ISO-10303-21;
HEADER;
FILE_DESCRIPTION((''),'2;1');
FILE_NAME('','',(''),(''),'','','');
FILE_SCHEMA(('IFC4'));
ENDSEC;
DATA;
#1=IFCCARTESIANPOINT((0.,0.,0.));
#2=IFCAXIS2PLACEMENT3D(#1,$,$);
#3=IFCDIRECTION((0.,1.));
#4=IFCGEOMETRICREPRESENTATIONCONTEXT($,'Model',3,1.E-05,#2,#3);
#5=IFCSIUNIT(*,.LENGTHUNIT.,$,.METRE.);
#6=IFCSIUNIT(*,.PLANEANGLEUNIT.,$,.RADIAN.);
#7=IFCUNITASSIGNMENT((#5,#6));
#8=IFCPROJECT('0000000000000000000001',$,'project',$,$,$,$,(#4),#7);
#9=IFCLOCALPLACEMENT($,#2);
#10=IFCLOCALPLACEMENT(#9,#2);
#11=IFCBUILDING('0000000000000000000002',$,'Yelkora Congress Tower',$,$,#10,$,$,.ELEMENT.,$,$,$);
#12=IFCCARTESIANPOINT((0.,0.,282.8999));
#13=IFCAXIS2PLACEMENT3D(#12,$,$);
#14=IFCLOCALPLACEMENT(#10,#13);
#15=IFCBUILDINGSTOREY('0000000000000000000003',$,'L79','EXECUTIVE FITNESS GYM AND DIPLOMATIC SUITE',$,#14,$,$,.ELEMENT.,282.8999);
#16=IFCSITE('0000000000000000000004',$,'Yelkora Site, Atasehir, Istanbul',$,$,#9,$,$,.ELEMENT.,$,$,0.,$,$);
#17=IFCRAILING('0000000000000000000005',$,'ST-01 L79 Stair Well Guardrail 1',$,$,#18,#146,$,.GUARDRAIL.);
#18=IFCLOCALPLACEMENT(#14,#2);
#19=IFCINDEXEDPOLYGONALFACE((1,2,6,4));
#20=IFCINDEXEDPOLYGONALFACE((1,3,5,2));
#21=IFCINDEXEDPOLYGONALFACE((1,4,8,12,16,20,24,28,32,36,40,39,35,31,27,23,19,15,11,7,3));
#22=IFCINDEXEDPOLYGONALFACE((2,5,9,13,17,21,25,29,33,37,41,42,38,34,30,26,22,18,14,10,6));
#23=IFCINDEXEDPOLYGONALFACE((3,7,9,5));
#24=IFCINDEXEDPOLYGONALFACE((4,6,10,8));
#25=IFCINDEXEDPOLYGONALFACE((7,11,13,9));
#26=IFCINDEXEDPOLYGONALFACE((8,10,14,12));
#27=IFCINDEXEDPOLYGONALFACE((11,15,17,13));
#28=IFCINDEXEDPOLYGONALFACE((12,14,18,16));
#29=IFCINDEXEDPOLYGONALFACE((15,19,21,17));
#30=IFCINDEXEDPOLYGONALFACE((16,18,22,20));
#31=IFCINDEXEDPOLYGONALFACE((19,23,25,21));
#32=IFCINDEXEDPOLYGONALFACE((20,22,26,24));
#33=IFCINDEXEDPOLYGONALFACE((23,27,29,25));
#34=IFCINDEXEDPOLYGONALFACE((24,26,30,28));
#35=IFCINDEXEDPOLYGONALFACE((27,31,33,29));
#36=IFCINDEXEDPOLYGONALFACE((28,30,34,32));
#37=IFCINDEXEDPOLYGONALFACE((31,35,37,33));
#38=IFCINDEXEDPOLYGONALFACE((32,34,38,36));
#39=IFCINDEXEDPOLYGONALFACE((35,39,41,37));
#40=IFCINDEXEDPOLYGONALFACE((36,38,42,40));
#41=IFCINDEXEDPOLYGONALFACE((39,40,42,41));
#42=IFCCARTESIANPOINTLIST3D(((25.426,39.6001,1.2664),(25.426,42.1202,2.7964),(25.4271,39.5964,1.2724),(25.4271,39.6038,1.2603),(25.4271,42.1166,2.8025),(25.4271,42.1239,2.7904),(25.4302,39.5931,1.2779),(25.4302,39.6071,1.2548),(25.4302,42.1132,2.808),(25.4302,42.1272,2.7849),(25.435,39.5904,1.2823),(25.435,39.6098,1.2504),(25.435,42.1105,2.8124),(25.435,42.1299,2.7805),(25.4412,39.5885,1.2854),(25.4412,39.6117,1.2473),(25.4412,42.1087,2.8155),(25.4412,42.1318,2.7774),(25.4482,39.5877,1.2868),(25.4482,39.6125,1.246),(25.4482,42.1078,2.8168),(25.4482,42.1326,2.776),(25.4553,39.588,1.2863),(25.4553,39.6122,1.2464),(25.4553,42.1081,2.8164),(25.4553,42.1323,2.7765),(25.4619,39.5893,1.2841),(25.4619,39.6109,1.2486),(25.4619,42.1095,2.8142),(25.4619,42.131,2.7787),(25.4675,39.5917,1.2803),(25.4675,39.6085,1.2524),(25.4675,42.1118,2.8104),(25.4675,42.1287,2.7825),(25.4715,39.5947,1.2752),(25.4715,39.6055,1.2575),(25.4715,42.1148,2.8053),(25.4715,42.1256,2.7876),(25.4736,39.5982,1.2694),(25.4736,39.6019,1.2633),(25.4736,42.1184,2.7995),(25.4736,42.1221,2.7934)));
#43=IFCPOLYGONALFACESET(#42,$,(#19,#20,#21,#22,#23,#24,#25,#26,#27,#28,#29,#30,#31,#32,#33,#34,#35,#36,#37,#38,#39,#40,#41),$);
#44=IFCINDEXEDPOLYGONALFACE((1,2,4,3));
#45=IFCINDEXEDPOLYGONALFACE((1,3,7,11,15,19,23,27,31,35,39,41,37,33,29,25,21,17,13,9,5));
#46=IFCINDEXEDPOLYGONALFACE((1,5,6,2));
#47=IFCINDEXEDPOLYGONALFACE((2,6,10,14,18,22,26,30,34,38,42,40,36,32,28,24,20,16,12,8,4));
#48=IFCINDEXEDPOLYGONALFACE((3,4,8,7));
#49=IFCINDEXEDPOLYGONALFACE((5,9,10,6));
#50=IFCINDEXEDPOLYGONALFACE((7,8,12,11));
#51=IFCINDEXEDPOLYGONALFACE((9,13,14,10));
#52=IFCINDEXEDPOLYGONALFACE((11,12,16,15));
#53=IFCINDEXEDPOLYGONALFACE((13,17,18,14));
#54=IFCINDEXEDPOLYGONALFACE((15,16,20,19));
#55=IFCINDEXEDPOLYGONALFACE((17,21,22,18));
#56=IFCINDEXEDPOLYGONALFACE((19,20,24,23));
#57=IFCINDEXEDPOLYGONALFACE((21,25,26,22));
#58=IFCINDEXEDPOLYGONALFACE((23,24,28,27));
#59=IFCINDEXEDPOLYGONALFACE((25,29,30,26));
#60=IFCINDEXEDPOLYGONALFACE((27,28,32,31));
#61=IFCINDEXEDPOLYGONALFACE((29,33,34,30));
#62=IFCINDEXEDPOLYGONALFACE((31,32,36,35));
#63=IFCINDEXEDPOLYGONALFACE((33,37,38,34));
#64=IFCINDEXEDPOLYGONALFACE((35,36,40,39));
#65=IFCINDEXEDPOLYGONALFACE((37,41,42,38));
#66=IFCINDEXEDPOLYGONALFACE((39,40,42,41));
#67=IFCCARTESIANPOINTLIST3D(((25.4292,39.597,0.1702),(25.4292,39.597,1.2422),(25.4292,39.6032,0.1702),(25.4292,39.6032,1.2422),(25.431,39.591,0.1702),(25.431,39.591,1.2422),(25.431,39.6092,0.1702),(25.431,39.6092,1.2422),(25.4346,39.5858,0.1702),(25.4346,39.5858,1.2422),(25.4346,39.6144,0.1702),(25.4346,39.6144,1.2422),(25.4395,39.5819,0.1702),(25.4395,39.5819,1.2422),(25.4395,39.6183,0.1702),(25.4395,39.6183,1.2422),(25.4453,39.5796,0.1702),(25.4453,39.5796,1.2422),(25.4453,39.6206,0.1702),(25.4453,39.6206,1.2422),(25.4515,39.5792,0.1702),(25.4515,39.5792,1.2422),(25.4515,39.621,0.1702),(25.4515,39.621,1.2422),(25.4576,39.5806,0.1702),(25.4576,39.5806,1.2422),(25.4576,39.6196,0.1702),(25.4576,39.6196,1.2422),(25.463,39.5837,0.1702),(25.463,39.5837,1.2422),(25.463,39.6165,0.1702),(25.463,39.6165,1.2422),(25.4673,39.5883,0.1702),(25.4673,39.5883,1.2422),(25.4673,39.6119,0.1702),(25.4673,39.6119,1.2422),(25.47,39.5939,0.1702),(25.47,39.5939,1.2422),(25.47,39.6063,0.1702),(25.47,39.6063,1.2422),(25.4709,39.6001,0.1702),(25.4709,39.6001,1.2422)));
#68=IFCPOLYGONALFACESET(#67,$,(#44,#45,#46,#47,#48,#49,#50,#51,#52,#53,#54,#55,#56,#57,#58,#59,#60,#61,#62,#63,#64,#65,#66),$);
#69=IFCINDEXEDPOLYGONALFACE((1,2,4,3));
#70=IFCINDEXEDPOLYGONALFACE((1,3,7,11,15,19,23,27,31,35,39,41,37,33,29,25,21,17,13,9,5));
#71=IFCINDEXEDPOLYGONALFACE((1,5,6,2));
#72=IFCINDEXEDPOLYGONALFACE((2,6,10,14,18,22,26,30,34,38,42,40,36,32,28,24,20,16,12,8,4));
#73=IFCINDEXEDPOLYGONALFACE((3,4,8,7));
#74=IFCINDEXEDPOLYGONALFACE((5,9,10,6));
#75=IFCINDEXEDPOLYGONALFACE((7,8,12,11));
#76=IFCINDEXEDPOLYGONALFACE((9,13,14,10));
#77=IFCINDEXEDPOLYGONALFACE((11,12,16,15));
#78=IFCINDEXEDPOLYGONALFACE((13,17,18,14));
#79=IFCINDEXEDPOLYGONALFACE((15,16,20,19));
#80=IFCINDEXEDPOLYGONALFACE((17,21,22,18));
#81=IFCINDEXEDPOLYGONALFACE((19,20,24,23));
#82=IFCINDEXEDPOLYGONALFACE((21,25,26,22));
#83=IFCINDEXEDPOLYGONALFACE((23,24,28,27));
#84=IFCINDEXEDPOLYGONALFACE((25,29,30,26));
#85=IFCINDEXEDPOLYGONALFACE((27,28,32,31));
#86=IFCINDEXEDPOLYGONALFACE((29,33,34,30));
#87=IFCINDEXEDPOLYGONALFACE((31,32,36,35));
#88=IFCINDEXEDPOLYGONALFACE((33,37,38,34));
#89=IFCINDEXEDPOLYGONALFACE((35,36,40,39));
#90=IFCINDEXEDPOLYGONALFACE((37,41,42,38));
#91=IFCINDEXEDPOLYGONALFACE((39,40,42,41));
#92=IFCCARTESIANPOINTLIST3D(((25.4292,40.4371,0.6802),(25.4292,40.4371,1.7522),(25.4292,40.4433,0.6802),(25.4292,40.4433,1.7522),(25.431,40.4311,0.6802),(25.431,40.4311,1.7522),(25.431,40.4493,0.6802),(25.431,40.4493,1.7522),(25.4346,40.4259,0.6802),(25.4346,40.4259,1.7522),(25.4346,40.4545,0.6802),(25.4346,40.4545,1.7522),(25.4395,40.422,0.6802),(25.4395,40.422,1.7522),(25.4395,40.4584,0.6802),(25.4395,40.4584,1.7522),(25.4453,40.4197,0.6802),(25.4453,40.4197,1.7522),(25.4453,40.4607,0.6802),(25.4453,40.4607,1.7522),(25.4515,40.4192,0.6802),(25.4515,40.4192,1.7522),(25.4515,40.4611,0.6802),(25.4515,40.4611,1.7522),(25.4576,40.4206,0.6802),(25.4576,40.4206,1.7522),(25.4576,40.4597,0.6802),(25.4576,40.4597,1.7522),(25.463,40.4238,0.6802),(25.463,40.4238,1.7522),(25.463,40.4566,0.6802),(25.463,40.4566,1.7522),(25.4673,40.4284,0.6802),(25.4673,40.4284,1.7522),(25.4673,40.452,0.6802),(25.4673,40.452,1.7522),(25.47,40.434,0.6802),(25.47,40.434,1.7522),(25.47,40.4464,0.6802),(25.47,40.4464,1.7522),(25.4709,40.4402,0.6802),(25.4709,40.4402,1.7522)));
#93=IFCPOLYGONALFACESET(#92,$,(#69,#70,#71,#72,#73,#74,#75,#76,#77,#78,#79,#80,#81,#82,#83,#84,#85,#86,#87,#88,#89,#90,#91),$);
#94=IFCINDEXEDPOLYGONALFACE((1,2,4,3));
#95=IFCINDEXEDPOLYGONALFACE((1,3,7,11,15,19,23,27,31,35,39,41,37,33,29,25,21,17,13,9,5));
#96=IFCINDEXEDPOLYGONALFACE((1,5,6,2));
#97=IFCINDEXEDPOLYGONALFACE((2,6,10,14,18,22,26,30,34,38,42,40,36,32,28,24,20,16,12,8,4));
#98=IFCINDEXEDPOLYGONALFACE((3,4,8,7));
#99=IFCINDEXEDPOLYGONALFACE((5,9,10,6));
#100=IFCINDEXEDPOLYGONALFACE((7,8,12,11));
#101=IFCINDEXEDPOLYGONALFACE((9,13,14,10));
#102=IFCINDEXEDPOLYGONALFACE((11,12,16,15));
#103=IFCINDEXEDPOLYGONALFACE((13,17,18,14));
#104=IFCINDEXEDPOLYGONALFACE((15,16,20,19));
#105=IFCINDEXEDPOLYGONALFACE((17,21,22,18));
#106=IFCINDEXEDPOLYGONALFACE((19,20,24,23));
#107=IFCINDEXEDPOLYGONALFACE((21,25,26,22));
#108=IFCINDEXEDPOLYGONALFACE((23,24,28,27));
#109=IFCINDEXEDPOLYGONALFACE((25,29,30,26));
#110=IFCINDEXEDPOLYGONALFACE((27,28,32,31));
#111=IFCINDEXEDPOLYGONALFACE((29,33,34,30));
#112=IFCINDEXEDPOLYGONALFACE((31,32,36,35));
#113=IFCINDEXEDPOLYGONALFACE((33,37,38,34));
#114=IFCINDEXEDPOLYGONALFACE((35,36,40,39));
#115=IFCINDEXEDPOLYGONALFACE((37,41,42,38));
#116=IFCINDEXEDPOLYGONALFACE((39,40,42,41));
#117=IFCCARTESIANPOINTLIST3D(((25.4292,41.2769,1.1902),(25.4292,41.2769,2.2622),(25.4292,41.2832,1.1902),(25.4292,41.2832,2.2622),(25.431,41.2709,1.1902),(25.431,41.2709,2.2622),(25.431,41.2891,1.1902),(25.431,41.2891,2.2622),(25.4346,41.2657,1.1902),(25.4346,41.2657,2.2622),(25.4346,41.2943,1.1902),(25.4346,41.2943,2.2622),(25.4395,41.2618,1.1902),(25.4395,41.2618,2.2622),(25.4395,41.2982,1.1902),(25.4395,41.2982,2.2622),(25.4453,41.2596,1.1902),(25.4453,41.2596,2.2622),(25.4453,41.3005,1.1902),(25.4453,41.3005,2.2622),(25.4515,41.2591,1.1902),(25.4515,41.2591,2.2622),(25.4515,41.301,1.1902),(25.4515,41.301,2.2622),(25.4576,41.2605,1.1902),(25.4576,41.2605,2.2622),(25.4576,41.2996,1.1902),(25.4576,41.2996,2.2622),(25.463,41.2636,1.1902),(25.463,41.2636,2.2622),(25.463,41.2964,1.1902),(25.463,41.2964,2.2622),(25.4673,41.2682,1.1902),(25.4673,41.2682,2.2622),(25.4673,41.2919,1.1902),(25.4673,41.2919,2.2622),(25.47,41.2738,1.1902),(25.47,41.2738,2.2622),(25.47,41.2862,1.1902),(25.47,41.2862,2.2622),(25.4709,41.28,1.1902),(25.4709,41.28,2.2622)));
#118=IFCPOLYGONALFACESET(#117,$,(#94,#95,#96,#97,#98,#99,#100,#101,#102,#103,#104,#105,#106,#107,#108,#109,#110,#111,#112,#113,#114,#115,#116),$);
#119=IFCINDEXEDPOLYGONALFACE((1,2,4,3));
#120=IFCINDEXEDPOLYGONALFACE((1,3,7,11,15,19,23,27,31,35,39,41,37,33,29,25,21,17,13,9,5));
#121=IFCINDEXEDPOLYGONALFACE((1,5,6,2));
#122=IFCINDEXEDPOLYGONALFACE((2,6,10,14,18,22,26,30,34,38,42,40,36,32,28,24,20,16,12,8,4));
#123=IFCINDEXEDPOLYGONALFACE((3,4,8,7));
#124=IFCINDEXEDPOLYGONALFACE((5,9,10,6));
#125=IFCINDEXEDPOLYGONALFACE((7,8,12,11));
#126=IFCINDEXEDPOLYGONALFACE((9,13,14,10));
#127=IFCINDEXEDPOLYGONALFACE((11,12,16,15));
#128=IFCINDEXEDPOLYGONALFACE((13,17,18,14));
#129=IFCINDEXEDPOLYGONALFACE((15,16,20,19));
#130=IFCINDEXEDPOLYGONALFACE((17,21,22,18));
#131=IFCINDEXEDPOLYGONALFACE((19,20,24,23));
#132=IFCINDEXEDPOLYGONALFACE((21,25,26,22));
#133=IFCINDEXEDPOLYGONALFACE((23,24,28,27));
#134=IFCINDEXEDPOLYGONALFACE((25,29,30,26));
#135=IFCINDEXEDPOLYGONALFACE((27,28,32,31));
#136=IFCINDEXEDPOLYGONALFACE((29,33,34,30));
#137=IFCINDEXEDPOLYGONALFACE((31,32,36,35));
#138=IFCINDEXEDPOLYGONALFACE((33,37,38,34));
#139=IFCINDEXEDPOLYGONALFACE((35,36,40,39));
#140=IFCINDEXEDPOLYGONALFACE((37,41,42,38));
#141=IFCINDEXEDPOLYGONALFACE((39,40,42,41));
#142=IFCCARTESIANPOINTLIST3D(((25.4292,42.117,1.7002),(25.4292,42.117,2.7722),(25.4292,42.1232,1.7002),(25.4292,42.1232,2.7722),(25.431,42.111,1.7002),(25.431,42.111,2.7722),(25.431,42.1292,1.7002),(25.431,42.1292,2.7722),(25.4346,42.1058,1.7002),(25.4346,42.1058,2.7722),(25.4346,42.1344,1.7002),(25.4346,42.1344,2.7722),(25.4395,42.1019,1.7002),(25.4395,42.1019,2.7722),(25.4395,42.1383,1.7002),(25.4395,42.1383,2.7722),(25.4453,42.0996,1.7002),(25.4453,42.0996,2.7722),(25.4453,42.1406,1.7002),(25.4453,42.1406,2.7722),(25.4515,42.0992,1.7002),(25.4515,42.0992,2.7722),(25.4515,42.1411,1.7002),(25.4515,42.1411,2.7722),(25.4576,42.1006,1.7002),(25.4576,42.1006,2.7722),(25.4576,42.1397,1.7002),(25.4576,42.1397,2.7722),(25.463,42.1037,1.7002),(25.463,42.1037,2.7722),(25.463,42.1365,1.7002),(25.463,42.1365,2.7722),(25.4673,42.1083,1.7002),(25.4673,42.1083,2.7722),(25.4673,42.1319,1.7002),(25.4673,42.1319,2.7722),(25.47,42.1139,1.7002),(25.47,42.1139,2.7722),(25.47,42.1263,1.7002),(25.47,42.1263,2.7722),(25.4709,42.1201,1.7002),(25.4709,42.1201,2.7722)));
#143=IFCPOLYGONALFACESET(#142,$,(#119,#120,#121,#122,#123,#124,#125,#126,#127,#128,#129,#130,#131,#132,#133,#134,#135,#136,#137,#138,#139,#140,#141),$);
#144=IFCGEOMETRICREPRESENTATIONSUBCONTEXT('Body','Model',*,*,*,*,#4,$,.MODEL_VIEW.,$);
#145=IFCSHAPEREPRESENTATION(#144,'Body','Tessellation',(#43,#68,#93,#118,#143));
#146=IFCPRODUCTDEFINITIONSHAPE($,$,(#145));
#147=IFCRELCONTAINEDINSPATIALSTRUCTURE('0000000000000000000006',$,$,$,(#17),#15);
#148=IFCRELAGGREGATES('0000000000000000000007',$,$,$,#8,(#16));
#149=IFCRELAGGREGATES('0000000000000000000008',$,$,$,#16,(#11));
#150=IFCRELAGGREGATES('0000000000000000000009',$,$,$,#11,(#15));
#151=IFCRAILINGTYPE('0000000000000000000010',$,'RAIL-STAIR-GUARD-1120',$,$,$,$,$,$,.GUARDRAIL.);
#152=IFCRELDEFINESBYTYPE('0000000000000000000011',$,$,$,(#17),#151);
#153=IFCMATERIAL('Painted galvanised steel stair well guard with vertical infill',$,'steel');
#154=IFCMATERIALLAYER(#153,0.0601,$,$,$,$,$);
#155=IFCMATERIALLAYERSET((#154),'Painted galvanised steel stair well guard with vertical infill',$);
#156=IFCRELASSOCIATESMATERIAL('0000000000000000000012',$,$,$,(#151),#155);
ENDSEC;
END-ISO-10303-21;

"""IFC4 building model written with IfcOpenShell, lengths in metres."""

from ifc_helpers import new_model, si_unit, direction, frame, origin, origin_2d, place, context, subcontext, project, spatial, circle, extrude, material, layer, layer_set, type_object, element, save


model = new_model("IFC4")

# Units and contexts
model_context = context("Model", 3, precision=1e-05, world=origin(), true_north=direction((0.0, 1.0)))
body_context = subcontext(model_context, "Body", "Model", "MODEL_VIEW")
ifc_project = project(units=[si_unit("LENGTHUNIT", "METRE"), si_unit("PLANEANGLEUNIT", "RADIAN")], contexts=[model_context])

# Site, building, storey
site_placement = place(None, origin())
site = spatial("IfcSite", under=ifc_project, at=site_placement, Name="Yelkora Site, Atasehir, Istanbul", CompositionType="ELEMENT", RefElevation=0.0)
building_placement = place(site_placement, origin())
building = spatial("IfcBuilding", under=site, at=building_placement, Name="Yelkora Congress Tower", CompositionType="ELEMENT")
storey_placement = place(building_placement, frame((0.0, 0.0, 282.8999)))
storey = spatial("IfcBuildingStorey", under=building, at=storey_placement, Name="L79", Description="EXECUTIVE FITNESS GYM AND DIPLOMATIC SUITE", CompositionType="ELEMENT", Elevation=282.8999)

# Railing
ifc_material_1 = material(Name="Painted galvanised steel stair well guard with vertical infill", Category="steel")
ifc_layer_1 = layer(ifc_material_1, 0.0601)
ifc_layer_set_1 = layer_set([ifc_layer_1], Name="Painted galvanised steel stair well guard with vertical infill")
railing_type_1 = type_object("IfcRailingType", Name="RAIL-STAIR-GUARD-1120", PredefinedType="GUARDRAIL", material=ifc_layer_set_1)
railing_1_placement = place(storey_placement, frame((25.45, 39.6001, 0.1702)))
element("IfcRailing", 1, at=railing_1_placement, inside=storey, type_object=railing_type_1, Name="ST-01 L79 Stair Well Guardrail 1", PredefinedType="GUARDRAIL", context=body_context, shape_type="SweptSolid", body=[
    extrude(circle(Radius=0.0239, at=origin_2d()), frame((0.0, 0.0, 1.0962), z_axis=(0.0, 0.854785, 0.518982), x_axis=(-1.0, 0.0, 0.0)), (0.0, 0.0, 1.0), 2.9482),
    extrude(circle(Radius=0.021, at=origin_2d()), origin(), (0.0, 0.0, 1.0), 1.072),
    extrude(circle(Radius=0.021, at=origin_2d()), frame((0.0, 0.8401, 0.51)), (0.0, 0.0, 1.0), 1.072),
    extrude(circle(Radius=0.021, at=origin_2d()), frame((0.0, 1.6799, 1.02)), (0.0, 0.0, 1.0), 1.072),
    extrude(circle(Radius=0.021, at=origin_2d()), frame((0.0, 2.52, 1.53)), (0.0, 0.0, 1.0), 1.072),
])

save(model, "model.ifc")
